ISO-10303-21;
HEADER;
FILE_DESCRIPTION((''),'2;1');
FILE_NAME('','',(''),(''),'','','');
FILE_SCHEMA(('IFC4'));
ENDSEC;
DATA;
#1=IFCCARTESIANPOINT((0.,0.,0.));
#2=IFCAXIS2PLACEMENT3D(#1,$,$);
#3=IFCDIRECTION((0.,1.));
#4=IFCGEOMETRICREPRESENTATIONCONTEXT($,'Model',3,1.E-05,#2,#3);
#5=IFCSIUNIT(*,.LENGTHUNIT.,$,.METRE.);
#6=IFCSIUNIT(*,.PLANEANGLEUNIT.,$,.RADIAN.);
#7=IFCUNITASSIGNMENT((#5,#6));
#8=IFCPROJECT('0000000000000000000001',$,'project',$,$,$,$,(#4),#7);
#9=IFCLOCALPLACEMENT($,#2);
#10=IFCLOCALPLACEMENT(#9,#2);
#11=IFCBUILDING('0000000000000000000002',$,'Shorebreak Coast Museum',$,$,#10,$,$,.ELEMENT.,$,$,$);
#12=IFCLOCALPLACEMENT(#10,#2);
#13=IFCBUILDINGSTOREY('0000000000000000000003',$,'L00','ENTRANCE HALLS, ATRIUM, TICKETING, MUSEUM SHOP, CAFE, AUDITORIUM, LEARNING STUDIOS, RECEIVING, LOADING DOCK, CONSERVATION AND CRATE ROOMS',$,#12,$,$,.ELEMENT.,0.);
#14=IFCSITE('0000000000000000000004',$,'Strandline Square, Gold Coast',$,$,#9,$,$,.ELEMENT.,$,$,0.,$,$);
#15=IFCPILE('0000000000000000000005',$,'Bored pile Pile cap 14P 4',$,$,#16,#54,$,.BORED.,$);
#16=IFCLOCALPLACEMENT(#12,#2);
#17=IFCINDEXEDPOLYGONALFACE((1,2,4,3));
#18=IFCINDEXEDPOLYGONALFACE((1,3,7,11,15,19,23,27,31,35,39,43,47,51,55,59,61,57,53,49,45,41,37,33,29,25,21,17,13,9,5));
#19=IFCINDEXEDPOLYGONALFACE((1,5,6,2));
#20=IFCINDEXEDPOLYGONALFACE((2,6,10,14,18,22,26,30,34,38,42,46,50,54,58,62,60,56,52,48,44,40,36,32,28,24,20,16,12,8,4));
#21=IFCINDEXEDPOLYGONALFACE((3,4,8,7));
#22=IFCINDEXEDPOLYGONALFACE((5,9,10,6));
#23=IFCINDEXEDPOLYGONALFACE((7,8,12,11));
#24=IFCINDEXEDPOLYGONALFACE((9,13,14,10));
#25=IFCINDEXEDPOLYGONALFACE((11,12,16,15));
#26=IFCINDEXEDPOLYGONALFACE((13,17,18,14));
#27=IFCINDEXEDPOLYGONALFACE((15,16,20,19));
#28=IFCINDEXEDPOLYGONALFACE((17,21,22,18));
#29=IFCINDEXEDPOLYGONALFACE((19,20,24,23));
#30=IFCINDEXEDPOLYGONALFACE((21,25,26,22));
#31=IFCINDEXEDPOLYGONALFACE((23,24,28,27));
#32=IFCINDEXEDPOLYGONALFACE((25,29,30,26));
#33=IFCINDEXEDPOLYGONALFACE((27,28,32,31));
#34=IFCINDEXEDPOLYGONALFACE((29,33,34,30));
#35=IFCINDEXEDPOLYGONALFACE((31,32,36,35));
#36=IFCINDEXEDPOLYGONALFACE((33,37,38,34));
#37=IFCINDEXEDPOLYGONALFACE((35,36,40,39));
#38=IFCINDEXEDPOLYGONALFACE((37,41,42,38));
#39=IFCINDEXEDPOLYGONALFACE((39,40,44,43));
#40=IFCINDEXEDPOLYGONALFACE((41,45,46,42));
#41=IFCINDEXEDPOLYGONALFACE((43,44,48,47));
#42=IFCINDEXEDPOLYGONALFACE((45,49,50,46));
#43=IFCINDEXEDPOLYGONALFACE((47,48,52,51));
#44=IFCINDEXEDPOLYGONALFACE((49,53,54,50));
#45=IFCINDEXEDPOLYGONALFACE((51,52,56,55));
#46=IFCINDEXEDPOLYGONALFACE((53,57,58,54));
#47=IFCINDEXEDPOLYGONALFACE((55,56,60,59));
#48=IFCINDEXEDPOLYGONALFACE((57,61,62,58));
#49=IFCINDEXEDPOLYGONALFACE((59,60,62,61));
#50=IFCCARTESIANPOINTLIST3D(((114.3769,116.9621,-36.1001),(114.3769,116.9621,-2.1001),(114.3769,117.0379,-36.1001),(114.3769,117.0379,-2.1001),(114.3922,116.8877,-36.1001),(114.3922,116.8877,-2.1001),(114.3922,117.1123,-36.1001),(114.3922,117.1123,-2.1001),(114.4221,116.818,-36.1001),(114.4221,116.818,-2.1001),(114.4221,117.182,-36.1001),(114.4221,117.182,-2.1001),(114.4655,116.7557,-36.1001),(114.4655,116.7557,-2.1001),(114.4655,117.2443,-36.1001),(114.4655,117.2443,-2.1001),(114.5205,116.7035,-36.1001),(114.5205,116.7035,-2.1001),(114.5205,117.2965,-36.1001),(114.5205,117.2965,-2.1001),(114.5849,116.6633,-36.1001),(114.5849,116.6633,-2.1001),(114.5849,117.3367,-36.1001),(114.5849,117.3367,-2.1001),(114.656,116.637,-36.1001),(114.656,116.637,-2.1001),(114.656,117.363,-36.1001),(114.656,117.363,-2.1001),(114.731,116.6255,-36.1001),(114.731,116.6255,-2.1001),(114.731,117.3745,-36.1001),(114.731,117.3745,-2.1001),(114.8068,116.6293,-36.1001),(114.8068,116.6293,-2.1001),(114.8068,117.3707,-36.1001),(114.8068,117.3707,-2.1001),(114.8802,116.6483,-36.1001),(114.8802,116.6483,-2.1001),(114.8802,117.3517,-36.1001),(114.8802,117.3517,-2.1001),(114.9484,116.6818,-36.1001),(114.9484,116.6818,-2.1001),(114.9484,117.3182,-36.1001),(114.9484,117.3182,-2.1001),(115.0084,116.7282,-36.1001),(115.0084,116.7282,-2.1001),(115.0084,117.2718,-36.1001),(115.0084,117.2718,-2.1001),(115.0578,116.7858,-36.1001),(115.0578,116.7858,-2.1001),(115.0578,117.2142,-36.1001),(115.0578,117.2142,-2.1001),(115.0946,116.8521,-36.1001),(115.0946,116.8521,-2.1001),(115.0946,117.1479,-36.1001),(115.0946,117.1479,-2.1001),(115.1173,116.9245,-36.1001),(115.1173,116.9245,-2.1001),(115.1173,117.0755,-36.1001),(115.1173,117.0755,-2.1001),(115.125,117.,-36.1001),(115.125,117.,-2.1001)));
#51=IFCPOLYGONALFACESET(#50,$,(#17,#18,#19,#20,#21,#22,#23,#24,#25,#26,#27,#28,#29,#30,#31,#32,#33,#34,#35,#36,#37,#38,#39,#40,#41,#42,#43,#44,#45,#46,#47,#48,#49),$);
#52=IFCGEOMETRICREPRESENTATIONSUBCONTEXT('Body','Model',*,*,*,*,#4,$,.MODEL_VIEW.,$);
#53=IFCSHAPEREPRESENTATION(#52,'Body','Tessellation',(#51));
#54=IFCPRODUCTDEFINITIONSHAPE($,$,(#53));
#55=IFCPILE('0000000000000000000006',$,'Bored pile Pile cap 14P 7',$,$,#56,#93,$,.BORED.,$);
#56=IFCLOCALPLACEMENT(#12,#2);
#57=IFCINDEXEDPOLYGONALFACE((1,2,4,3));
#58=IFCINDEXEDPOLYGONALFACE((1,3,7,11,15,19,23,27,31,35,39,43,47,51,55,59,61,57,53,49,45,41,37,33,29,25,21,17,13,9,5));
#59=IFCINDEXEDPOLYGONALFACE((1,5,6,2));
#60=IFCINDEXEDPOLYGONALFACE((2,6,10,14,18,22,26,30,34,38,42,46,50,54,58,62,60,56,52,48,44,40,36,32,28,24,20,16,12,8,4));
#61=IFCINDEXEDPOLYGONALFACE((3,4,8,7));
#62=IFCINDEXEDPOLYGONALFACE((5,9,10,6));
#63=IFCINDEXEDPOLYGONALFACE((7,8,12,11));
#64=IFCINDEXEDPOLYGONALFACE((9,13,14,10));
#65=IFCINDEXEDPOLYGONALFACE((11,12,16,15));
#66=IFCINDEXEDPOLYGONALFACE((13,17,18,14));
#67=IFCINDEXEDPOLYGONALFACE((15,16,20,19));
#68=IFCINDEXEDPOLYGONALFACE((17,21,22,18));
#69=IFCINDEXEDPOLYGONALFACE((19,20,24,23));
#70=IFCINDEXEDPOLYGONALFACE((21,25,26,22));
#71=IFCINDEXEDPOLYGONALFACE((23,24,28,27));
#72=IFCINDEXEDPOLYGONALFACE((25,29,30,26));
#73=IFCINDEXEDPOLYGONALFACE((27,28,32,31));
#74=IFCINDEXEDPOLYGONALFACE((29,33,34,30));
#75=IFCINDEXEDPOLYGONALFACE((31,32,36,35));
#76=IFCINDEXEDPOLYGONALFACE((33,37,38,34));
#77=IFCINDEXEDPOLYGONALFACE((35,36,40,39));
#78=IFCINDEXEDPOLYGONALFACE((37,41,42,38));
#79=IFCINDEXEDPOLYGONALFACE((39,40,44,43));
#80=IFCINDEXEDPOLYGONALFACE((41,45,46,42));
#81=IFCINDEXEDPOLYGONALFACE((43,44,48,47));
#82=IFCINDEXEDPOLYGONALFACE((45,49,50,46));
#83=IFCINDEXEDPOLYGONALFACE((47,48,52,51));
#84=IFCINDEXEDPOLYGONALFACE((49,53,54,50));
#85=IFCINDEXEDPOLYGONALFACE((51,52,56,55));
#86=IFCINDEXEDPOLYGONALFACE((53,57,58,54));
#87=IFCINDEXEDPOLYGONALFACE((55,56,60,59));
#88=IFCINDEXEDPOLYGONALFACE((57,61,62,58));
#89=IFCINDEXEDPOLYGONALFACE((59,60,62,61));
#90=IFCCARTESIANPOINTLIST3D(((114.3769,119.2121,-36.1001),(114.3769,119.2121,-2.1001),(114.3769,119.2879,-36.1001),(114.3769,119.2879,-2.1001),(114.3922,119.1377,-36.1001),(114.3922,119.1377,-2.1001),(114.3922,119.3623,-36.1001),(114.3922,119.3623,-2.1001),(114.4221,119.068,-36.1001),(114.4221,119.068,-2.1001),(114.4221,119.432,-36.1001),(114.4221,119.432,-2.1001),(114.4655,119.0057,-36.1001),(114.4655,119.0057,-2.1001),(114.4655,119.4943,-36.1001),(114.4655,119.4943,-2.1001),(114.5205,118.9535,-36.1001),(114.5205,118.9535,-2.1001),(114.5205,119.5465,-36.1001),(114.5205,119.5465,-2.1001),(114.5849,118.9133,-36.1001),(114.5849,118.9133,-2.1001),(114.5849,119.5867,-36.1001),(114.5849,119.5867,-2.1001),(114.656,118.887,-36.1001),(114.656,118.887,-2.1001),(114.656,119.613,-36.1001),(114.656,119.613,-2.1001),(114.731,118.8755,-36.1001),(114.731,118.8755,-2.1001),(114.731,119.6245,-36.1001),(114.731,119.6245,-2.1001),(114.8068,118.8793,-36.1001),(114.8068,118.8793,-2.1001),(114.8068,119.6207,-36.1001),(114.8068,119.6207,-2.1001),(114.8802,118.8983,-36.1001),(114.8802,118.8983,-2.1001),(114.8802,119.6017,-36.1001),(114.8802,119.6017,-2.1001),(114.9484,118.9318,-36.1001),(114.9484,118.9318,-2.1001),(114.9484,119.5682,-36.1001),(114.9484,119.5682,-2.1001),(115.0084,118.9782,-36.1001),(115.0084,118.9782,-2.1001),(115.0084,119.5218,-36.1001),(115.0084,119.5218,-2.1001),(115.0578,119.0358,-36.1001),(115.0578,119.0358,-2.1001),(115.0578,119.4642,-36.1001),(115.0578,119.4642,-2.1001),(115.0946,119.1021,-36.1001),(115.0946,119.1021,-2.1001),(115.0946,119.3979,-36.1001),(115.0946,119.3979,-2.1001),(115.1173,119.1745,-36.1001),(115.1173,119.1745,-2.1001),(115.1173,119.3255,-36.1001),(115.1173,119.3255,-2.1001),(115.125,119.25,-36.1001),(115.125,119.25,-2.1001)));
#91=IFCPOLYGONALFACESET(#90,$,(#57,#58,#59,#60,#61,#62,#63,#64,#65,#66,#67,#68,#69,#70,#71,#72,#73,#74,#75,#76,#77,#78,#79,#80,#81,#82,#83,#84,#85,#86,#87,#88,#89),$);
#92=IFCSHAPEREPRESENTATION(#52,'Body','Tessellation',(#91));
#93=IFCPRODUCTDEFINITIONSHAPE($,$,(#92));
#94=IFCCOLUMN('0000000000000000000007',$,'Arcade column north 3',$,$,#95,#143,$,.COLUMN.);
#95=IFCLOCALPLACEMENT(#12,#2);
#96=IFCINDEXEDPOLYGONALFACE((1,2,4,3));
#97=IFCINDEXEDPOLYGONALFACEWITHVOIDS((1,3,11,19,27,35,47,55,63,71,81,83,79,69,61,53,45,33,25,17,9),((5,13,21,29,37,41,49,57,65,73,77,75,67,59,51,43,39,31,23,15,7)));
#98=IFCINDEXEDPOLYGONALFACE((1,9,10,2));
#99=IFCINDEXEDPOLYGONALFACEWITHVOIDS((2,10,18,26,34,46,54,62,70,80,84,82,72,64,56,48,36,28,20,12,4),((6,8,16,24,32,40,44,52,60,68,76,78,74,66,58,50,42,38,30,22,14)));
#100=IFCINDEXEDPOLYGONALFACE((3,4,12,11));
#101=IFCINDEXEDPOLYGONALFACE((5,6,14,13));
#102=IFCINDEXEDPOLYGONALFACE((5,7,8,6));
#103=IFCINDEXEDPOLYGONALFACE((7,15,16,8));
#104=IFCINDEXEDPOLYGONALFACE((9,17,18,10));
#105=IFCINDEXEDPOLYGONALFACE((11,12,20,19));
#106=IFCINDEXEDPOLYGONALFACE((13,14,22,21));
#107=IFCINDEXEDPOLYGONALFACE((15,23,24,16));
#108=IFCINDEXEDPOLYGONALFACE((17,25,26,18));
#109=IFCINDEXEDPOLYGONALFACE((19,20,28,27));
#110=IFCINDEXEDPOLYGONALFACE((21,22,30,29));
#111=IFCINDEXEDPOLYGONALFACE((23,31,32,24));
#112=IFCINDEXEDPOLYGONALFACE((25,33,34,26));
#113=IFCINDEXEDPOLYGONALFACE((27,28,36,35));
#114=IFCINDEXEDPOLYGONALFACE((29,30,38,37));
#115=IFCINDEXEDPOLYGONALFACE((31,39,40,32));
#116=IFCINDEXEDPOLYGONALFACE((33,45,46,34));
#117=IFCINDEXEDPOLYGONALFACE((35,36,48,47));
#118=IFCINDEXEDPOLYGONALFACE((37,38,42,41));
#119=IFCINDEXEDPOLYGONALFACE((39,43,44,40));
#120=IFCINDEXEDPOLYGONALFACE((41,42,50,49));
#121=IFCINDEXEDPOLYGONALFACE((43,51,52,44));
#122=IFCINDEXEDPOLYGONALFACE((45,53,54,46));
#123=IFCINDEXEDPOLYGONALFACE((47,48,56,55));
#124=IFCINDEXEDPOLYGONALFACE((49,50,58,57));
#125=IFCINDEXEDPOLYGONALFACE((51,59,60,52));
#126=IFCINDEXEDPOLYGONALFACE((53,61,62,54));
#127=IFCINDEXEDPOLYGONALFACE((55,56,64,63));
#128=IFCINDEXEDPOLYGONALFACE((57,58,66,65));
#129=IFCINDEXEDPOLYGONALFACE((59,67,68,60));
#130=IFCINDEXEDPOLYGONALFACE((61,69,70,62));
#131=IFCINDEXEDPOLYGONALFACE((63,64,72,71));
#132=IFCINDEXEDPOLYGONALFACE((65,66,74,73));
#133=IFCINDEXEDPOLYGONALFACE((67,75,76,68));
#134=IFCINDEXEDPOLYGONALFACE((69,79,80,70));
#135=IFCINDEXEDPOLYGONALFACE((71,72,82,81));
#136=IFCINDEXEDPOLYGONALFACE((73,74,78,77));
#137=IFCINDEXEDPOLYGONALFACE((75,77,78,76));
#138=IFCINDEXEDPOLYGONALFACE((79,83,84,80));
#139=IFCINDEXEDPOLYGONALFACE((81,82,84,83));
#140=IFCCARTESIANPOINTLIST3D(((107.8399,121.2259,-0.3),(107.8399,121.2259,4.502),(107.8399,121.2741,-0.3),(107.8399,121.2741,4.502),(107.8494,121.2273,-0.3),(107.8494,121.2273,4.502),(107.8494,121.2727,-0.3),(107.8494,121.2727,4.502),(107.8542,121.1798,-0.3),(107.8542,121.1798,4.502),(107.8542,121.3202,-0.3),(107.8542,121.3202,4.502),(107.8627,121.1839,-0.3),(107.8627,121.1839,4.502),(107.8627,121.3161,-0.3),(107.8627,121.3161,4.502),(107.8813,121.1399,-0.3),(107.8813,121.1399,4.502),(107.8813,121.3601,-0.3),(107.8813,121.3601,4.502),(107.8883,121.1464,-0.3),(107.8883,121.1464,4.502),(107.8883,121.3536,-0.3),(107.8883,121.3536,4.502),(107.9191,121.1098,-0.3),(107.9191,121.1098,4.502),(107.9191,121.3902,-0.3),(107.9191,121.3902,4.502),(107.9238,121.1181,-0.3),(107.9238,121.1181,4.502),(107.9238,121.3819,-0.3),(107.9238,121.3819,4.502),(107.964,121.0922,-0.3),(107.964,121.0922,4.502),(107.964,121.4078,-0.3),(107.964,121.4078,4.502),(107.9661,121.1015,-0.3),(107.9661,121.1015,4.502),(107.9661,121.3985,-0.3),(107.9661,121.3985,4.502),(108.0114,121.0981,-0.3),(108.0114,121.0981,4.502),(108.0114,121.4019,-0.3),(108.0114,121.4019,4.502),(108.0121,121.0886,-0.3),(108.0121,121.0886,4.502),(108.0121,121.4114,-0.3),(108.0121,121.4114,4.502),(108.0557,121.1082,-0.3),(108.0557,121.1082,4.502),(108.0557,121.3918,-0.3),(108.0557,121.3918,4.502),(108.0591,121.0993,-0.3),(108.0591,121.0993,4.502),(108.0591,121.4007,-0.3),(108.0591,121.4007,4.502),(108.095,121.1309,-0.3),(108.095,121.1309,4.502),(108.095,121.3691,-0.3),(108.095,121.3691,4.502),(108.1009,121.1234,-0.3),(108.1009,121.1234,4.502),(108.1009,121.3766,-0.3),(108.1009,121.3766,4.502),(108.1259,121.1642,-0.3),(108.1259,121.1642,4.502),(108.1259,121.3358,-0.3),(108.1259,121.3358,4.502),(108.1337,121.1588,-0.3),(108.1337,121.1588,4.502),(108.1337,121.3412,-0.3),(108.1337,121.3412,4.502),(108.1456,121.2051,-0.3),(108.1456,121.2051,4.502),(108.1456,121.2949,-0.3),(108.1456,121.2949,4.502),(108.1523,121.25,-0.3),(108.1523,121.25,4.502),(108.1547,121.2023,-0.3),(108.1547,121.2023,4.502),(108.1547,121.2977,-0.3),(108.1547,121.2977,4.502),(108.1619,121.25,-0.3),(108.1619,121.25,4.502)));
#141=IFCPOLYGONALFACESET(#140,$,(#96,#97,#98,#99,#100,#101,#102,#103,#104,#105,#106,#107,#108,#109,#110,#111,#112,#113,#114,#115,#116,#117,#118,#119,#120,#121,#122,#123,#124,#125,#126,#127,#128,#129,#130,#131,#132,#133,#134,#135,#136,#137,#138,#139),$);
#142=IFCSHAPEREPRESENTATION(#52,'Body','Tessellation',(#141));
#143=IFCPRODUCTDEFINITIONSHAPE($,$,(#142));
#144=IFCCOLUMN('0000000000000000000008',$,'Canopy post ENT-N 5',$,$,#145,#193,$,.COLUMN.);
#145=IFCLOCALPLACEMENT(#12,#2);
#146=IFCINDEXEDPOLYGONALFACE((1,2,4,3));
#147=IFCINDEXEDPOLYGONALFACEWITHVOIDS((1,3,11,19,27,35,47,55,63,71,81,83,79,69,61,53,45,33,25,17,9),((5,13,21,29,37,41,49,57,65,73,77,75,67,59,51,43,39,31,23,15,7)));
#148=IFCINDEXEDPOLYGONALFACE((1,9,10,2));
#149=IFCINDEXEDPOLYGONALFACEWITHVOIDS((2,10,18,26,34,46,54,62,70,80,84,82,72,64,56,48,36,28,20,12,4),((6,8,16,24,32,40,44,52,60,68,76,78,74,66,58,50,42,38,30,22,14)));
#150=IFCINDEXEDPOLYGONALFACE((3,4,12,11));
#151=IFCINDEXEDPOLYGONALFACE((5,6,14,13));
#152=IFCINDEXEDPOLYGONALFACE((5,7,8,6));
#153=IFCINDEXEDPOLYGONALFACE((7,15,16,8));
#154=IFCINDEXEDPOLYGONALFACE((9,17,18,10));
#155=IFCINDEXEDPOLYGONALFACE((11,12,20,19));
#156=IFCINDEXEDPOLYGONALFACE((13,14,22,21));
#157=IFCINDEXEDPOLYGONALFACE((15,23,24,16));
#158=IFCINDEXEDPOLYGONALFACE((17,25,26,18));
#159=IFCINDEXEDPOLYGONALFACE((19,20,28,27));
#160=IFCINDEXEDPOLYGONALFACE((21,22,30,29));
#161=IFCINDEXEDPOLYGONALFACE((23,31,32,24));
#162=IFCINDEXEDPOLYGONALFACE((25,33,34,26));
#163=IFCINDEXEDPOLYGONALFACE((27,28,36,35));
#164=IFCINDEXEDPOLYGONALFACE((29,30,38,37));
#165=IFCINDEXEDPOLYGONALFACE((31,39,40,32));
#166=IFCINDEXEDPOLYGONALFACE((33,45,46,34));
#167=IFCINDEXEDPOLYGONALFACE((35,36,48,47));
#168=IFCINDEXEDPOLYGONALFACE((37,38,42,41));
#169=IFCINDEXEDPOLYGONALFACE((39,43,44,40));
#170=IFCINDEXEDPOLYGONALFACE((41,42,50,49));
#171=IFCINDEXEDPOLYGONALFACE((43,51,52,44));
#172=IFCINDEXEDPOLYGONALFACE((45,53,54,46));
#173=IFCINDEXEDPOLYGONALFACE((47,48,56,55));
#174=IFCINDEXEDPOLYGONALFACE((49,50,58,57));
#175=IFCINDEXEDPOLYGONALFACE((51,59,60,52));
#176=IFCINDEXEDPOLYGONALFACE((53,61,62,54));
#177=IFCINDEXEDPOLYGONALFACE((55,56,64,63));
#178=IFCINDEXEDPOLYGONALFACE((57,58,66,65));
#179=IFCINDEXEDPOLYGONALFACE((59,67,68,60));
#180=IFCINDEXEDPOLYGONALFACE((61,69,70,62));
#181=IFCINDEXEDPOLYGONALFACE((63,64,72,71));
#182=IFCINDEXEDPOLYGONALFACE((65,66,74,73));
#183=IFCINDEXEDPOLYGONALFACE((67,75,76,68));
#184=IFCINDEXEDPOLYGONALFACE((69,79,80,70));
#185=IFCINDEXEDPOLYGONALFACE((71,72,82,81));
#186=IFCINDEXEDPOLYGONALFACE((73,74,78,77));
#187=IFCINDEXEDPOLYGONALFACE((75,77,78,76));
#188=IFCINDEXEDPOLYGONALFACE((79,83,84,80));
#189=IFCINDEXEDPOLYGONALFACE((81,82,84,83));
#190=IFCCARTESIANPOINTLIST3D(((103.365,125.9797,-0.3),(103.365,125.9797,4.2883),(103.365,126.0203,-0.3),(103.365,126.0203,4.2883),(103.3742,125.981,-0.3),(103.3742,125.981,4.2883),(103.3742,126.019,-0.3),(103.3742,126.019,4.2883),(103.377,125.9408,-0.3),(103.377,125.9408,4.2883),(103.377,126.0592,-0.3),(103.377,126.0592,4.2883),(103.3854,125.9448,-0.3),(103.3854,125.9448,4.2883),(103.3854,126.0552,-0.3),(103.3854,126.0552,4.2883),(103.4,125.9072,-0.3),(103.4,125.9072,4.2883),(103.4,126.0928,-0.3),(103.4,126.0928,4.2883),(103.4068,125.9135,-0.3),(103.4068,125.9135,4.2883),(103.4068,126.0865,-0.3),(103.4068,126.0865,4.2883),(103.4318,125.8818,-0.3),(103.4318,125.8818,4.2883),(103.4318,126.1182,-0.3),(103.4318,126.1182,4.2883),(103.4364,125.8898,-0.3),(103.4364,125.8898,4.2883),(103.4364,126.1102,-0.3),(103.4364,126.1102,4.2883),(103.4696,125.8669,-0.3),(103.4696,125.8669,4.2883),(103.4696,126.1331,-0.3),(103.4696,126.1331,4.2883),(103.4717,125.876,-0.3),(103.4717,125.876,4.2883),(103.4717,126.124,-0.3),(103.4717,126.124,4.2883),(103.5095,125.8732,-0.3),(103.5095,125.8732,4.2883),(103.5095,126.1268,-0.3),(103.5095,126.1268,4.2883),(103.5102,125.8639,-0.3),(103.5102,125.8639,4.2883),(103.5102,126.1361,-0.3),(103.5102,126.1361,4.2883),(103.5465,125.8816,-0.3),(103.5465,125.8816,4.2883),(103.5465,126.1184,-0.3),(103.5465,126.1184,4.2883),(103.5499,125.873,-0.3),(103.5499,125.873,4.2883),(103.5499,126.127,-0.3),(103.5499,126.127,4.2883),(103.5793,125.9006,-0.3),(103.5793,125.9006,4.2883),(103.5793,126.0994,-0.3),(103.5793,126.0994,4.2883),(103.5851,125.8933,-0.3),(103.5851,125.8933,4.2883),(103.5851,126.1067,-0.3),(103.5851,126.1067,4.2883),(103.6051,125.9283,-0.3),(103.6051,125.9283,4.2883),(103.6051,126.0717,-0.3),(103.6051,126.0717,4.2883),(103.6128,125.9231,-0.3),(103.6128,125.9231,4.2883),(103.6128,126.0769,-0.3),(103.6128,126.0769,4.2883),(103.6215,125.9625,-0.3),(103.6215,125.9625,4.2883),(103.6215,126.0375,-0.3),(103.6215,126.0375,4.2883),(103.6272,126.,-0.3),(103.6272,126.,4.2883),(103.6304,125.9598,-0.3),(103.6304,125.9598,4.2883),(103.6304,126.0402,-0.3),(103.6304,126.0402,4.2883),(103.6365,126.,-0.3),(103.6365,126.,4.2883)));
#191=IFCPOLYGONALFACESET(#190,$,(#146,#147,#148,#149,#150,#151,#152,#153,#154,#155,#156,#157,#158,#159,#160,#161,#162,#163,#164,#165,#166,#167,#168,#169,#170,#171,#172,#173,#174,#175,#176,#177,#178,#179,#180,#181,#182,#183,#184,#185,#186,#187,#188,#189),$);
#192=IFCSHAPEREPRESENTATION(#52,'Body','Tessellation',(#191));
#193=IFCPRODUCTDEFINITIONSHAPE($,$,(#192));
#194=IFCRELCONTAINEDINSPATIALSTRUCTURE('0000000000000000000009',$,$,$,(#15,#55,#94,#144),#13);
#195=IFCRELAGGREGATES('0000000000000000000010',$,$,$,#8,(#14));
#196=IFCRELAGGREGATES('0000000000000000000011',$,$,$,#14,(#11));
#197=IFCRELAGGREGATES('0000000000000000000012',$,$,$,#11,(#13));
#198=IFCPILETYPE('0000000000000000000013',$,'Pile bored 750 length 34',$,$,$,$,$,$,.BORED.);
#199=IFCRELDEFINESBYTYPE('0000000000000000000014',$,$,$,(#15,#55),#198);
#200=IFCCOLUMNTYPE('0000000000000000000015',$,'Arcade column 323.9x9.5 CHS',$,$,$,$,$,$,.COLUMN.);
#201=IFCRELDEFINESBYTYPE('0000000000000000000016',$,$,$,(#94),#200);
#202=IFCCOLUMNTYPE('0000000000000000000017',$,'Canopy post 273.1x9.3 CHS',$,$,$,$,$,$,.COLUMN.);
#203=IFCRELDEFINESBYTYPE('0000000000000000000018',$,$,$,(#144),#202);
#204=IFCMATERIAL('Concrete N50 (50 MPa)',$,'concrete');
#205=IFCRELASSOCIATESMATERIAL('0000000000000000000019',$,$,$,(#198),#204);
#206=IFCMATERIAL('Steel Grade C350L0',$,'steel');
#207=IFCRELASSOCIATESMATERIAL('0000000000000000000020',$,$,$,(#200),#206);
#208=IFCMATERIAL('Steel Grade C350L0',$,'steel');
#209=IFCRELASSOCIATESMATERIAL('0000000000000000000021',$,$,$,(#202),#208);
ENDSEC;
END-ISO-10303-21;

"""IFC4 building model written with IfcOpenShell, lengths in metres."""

from ifc_helpers import new_model, si_unit, direction, frame, origin, origin_2d, place, context, subcontext, project, spatial, circle, hollow_circle, extrude, material, material_profile, profile_set, type_object, element, save


model = new_model("IFC4")

# Units and contexts
model_context = context("Model", 3, precision=1e-05, world=origin(), true_north=direction((0.0, 1.0)))
body_context = subcontext(model_context, "Body", "Model", "MODEL_VIEW")
ifc_project = project(units=[si_unit("LENGTHUNIT", "METRE"), si_unit("PLANEANGLEUNIT", "RADIAN")], contexts=[model_context])

# Site, building, storey
site_placement = place(None, origin())
site = spatial("IfcSite", under=ifc_project, at=site_placement, Name="Strandline Square, Gold Coast", CompositionType="ELEMENT", RefElevation=0.0)
building_placement = place(site_placement, origin())
building = spatial("IfcBuilding", under=site, at=building_placement, Name="Shorebreak Coast Museum", CompositionType="ELEMENT")
storey_placement = place(building_placement, origin())
storey = spatial("IfcBuildingStorey", under=building, at=storey_placement, Name="L00", Description="ENTRANCE HALLS, ATRIUM, TICKETING, MUSEUM SHOP, CAFE, AUDITORIUM, LEARNING STUDIOS, RECEIVING, LOADING DOCK, CONSERVATION AND CRATE ROOMS", CompositionType="ELEMENT", Elevation=0.0)

# Piles
ifc_material_1 = material(Name="Concrete N50 (50 MPa)", Category="concrete")
ifc_material_profile_1 = material_profile(ifc_material_1, circle(Radius=0.375, at=origin_2d()), Name="Pile bored 750 length 34")
ifc_profile_set_1 = profile_set([ifc_material_profile_1], Name="Concrete N50 (50 MPa)")
pile_type_1 = type_object("IfcPileType", Name="Pile bored 750 length 34", PredefinedType="BORED", material=ifc_profile_set_1)
for number, where, z_axis, x_axis, name in (
    (1, (114.75, 117.0, -2.1001), (0.0, 0.0, -1.0), (1.0, 0.0, 0.0), "Bored pile Pile cap 14P 4"),
    (2, (114.75, 119.25, -2.1001), (0.0, 0.0, -1.0), (1.0, 0.0, 0.0), "Bored pile Pile cap 14P 7"),
):
    element("IfcPile", number, at=place(storey_placement, frame(where, z_axis=z_axis, x_axis=x_axis)), inside=storey, type_object=pile_type_1, Name=name, PredefinedType="BORED", context=body_context, shape_type="SweptSolid", body=[
        extrude(circle(Radius=0.375, at=origin_2d()), origin(), (0.0, 0.0, 1.0), 34.0),
    ])

# Columns
ifc_material_2 = material(Name="Steel Grade C350L0", Category="steel")
ifc_material_profile_2 = material_profile(ifc_material_2, hollow_circle(Radius=0.1619, WallThickness=0.0095, at=origin_2d()), Name="323.9x9.5 CHS")
ifc_profile_set_2 = profile_set([ifc_material_profile_2], Name="Steel Grade C350L0")
column_type_1 = type_object("IfcColumnType", Name="Arcade column 323.9x9.5 CHS", PredefinedType="COLUMN", material=ifc_profile_set_2)
column_1_placement = place(storey_placement, frame((108.0, 121.25, -0.3), z_axis=(0.0, 0.0, 1.0), x_axis=(1.0, 0.0, 0.0)))
element("IfcColumn", 3, at=column_1_placement, inside=storey, type_object=column_type_1, Name="Arcade column north 3", PredefinedType="COLUMN", context=body_context, shape_type="SweptSolid", body=[
    extrude(hollow_circle(Radius=0.1619, WallThickness=0.0095, at=origin_2d()), origin(), (0.0, 0.0, 1.0), 4.802),
])
ifc_material_3 = material(Name="Steel Grade C350L0", Category="steel")
ifc_material_profile_3 = material_profile(ifc_material_3, hollow_circle(Radius=0.1365, WallThickness=0.0093, at=origin_2d()), Name="273.1x9.3 CHS")
ifc_profile_set_3 = profile_set([ifc_material_profile_3], Name="Steel Grade C350L0")
column_type_2 = type_object("IfcColumnType", Name="Canopy post 273.1x9.3 CHS", PredefinedType="COLUMN", material=ifc_profile_set_3)
column_2_placement = place(storey_placement, frame((103.5, 126.0, -0.3), z_axis=(0.0, 0.0, 1.0), x_axis=(1.0, 0.0, 0.0)))
element("IfcColumn", 4, at=column_2_placement, inside=storey, type_object=column_type_2, Name="Canopy post ENT-N 5", PredefinedType="COLUMN", context=body_context, shape_type="SweptSolid", body=[
    extrude(hollow_circle(Radius=0.1365, WallThickness=0.0093, at=origin_2d()), origin(), (0.0, 0.0, 1.0), 4.5884),
])

save(model, "model.ifc")
